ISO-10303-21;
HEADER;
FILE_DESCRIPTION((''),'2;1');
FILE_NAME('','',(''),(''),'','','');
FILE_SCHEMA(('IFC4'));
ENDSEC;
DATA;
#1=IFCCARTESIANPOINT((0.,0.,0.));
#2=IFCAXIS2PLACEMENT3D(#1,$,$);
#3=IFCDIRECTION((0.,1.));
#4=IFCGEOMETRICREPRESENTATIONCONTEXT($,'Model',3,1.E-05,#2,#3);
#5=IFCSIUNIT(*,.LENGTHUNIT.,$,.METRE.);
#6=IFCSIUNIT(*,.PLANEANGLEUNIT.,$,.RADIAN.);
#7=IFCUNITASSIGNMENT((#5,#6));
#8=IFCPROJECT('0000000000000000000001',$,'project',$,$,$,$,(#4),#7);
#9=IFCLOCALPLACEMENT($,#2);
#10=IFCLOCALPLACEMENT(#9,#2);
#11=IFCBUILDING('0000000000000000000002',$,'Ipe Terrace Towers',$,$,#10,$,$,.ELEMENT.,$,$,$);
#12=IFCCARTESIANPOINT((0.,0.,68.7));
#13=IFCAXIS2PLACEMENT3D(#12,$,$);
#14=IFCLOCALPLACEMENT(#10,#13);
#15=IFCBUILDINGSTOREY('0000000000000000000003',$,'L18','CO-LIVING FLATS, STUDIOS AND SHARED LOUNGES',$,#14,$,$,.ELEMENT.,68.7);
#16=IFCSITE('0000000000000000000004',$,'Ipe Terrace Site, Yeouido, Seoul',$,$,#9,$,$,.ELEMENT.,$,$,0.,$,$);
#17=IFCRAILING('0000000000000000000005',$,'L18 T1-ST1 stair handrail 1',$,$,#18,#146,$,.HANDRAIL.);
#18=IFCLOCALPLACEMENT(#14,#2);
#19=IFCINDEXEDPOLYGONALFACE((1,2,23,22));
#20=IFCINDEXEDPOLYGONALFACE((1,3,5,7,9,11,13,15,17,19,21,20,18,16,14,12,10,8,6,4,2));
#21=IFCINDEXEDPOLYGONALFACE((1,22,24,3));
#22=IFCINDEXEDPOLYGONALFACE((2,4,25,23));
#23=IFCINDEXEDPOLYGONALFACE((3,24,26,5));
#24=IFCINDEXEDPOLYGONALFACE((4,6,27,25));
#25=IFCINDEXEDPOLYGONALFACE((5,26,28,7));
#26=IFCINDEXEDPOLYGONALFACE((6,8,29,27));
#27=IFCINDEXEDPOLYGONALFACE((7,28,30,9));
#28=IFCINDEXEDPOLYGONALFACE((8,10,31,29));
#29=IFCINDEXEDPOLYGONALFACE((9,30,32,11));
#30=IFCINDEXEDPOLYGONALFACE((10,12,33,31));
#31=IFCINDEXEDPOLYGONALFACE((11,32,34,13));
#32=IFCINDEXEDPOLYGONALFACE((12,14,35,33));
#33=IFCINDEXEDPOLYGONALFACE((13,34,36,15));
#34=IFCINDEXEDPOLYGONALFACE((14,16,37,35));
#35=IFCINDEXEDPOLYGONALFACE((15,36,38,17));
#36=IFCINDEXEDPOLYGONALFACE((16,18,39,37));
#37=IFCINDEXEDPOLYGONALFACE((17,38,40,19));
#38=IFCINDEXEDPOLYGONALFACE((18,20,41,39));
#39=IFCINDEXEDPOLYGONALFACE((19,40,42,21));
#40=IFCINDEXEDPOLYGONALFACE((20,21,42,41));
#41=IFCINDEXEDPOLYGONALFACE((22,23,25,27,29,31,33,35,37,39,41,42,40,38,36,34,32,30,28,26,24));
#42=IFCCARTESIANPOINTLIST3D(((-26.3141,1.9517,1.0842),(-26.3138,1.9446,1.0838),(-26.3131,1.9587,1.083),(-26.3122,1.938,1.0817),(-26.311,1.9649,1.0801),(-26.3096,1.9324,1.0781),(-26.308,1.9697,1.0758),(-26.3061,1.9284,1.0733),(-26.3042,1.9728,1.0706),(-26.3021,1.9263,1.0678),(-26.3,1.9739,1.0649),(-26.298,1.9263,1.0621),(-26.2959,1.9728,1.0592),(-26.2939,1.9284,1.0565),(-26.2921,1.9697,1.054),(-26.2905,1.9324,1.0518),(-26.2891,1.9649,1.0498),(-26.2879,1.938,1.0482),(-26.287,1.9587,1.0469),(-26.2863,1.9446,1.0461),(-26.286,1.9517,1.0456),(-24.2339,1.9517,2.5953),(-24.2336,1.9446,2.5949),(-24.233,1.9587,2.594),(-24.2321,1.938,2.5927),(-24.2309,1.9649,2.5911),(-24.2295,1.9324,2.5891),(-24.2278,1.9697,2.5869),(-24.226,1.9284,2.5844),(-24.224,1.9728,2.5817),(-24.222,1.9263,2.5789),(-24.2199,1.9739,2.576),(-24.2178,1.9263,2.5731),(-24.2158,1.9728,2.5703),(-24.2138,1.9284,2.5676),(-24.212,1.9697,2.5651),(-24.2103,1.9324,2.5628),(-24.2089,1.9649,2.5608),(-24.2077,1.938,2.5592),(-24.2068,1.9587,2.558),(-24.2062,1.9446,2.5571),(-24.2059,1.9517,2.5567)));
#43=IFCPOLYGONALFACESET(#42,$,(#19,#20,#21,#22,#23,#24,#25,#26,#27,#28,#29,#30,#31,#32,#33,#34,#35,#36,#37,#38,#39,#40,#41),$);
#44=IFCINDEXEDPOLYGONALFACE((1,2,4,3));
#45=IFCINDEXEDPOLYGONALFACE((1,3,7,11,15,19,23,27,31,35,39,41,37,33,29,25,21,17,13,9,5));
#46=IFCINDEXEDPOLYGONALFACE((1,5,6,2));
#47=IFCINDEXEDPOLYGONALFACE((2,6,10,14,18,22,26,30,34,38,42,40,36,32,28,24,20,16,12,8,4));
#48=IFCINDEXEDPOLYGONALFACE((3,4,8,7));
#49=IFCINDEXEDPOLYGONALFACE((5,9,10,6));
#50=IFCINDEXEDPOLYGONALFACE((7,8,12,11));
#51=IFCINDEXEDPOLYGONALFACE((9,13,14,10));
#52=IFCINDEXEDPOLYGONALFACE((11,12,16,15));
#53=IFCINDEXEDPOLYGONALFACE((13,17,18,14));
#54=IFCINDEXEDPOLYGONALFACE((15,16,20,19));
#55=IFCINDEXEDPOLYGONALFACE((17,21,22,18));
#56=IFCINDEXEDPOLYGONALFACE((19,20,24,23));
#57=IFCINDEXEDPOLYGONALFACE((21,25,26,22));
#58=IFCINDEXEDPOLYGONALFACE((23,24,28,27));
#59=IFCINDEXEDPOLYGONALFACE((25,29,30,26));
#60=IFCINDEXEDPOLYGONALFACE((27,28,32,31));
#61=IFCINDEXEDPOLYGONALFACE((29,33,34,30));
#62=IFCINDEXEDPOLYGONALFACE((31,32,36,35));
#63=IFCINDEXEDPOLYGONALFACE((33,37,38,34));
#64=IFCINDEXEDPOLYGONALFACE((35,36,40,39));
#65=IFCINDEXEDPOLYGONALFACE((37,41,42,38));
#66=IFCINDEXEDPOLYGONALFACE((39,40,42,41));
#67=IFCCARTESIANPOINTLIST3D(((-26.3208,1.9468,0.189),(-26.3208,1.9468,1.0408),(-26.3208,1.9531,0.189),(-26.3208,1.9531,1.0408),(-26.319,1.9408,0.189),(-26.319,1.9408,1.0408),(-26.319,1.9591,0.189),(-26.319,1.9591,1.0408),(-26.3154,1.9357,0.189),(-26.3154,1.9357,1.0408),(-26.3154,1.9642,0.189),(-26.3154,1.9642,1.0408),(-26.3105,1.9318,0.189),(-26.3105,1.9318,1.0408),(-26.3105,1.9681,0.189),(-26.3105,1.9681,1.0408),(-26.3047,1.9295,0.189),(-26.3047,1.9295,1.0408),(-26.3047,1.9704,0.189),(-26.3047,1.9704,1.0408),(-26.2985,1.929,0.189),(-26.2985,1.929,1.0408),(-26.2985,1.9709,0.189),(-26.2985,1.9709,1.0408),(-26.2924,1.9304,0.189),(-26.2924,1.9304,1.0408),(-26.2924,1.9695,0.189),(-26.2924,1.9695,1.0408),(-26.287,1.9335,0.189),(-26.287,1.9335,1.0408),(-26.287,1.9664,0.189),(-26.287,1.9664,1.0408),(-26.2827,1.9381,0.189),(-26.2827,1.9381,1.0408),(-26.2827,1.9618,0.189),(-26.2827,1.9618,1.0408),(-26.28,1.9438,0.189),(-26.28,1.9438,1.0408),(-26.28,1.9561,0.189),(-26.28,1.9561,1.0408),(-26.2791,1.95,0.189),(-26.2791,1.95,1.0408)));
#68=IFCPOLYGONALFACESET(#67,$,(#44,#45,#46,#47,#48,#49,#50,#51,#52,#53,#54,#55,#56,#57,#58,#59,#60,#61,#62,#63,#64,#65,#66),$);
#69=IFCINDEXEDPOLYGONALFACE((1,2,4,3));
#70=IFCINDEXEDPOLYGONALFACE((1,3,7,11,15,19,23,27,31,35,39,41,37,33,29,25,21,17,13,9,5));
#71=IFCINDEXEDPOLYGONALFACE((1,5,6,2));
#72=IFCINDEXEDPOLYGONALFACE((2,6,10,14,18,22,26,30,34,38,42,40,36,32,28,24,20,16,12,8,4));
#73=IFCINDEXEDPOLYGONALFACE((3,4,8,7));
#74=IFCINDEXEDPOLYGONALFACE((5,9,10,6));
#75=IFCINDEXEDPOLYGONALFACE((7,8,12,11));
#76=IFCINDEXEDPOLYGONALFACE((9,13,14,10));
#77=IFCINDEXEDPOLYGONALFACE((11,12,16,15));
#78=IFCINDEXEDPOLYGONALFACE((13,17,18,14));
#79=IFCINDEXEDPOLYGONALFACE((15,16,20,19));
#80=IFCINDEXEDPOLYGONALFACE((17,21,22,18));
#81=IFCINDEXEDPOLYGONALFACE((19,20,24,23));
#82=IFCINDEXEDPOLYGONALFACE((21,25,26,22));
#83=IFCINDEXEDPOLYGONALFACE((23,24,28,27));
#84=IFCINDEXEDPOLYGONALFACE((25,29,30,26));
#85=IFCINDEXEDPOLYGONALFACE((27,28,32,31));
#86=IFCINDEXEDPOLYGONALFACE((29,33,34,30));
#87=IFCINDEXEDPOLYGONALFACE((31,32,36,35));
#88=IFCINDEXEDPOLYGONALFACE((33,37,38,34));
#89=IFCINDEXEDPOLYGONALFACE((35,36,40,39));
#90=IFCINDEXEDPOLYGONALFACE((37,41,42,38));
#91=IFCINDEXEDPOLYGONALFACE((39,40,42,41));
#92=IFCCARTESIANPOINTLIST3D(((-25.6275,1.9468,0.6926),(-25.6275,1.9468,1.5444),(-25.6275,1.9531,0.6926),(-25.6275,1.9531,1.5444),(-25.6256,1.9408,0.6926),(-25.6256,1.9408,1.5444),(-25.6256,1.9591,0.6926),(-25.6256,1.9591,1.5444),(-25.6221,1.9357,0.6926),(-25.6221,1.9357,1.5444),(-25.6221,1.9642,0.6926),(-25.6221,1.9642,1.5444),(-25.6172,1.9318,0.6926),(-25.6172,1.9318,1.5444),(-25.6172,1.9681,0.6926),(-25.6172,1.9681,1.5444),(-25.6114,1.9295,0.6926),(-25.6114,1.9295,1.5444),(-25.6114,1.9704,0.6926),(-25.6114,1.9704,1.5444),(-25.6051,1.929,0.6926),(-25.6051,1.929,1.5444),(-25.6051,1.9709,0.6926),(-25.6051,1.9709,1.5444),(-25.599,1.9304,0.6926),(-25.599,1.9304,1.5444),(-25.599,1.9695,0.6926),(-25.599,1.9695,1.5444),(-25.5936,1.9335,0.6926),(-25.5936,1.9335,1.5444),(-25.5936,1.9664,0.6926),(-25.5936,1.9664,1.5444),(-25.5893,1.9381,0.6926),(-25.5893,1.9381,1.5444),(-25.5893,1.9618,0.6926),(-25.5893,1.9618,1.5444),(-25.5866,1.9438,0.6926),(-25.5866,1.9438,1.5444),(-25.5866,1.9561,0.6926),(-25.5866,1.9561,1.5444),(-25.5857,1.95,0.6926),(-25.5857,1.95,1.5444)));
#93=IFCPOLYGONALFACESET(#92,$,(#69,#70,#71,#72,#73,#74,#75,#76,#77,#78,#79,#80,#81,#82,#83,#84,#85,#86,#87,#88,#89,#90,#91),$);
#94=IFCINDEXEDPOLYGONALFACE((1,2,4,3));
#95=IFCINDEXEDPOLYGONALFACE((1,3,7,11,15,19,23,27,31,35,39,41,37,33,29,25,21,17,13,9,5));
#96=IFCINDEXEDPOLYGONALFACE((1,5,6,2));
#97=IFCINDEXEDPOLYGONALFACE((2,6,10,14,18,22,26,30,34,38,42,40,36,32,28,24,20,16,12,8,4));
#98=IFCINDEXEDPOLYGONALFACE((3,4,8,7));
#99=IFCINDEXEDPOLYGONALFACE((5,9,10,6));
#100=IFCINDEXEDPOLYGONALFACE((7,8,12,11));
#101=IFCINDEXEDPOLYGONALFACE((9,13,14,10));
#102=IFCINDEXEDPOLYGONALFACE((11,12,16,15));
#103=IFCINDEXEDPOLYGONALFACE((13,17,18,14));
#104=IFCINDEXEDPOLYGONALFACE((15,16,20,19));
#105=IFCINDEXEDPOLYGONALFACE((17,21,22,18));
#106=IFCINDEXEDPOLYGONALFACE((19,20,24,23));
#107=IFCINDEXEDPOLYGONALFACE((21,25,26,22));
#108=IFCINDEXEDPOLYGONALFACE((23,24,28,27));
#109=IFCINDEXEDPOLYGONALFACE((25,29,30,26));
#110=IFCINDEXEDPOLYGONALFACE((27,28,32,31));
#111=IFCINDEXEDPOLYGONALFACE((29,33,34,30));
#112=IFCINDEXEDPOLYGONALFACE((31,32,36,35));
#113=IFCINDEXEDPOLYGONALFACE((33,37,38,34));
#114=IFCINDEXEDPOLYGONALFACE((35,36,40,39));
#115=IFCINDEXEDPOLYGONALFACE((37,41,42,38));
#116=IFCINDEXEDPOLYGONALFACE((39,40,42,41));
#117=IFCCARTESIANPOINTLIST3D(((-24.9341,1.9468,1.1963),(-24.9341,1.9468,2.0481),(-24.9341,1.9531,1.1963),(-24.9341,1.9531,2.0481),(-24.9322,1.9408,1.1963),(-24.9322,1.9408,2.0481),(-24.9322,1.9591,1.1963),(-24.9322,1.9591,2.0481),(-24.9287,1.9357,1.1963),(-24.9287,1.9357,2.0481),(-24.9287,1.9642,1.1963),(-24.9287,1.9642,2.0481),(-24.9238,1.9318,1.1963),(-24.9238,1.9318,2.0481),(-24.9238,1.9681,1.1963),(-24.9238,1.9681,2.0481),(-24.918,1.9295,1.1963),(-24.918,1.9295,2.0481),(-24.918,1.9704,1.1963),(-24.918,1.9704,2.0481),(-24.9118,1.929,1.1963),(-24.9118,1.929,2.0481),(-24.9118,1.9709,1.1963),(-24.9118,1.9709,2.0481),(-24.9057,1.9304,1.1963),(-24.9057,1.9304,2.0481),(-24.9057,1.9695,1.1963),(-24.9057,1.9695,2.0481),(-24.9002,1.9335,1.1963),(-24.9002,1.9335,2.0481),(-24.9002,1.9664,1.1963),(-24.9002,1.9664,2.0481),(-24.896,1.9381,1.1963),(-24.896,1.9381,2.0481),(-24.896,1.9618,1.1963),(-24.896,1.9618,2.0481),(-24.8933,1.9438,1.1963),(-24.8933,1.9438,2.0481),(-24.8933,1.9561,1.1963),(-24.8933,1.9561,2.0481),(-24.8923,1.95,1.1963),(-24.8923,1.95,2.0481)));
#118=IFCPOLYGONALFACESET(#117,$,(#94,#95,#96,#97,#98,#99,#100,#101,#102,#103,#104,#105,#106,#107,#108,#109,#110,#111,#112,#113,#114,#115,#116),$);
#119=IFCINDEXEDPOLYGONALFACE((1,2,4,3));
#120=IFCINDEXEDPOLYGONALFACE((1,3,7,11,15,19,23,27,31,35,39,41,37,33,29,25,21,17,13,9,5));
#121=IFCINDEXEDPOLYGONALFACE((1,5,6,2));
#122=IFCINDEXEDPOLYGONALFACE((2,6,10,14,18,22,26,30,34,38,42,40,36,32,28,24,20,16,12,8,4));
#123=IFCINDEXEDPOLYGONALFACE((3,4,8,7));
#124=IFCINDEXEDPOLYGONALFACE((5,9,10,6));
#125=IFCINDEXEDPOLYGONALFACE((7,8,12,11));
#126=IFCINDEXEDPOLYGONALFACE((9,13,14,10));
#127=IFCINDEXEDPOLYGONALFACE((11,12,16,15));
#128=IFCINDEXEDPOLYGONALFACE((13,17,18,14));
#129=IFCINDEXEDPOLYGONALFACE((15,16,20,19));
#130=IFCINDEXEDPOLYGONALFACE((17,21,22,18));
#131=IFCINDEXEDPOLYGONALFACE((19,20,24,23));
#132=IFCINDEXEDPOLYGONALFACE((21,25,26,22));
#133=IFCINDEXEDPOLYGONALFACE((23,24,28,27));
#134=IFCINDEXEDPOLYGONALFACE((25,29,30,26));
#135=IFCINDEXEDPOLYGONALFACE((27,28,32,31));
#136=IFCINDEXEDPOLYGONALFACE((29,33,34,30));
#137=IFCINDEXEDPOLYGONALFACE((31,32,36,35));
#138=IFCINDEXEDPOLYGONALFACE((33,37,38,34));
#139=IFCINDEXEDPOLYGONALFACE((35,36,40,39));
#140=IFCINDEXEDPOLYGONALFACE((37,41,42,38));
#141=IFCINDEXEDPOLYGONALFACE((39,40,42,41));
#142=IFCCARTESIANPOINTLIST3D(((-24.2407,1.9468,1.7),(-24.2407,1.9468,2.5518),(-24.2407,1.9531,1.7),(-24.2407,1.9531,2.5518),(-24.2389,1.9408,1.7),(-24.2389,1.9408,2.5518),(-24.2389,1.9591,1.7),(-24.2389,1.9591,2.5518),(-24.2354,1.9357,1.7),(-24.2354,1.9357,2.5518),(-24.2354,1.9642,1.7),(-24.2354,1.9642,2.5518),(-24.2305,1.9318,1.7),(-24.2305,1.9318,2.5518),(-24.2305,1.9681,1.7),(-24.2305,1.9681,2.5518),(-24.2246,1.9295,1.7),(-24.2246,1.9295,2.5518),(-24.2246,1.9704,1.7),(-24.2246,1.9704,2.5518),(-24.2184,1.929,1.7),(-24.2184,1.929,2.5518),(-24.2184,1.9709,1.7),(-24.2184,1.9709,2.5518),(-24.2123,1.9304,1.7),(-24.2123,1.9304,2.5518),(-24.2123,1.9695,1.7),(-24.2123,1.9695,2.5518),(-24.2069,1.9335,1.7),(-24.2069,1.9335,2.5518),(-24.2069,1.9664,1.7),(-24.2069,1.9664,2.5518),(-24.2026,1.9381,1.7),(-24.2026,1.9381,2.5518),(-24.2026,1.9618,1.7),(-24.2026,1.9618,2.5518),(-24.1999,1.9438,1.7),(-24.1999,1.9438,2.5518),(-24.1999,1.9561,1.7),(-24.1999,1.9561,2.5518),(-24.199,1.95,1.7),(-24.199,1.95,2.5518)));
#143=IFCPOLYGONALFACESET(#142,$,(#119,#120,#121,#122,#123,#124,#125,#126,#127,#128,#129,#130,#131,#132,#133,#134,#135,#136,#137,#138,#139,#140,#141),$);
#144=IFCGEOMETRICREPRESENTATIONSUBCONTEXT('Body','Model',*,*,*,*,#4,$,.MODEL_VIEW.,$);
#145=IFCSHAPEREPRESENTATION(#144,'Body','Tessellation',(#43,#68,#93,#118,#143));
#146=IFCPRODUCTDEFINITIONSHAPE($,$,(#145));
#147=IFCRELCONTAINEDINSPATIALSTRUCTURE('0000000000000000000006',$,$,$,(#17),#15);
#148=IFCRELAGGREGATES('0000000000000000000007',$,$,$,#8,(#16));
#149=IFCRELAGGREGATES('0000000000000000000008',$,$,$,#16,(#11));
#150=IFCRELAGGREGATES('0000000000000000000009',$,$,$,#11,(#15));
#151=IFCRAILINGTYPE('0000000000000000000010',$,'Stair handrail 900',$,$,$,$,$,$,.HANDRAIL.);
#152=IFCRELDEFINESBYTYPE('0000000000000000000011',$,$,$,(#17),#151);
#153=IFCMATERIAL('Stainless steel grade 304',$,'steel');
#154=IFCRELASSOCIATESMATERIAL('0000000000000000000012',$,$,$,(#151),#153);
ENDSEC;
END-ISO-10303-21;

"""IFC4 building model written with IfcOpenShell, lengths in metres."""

from ifc_helpers import new_model, si_unit, direction, frame, origin, origin_2d, place, context, subcontext, project, spatial, circle, extrude, material, type_object, element, save


model = new_model("IFC4")

# Units and contexts
model_context = context("Model", 3, precision=1e-05, world=origin(), true_north=direction((0.0, 1.0)))
body_context = subcontext(model_context, "Body", "Model", "MODEL_VIEW")
ifc_project = project(units=[si_unit("LENGTHUNIT", "METRE"), si_unit("PLANEANGLEUNIT", "RADIAN")], contexts=[model_context])

# Site, building, storey
site_placement = place(None, origin())
site = spatial("IfcSite", under=ifc_project, at=site_placement, Name="Ipe Terrace Site, Yeouido, Seoul", CompositionType="ELEMENT", RefElevation=0.0)
building_placement = place(site_placement, origin())
building = spatial("IfcBuilding", under=site, at=building_placement, Name="Ipe Terrace Towers", CompositionType="ELEMENT")
storey_placement = place(building_placement, frame((0.0, 0.0, 68.7)))
storey = spatial("IfcBuildingStorey", under=building, at=storey_placement, Name="L18", Description="CO-LIVING FLATS, STUDIOS AND SHARED LOUNGES", CompositionType="ELEMENT", Elevation=68.7)

# Railing
ifc_material_1 = material(Name="Stainless steel grade 304", Category="steel")
railing_type_1 = type_object("IfcRailingType", Name="Stair handrail 900", PredefinedType="HANDRAIL", material=ifc_material_1)
railing_1_placement = place(storey_placement, frame((-26.3, 1.95, 0.189)))
element("IfcRailing", 1, at=railing_1_placement, inside=storey, type_object=railing_type_1, Name="L18 T1-ST1 stair handrail 1", PredefinedType="HANDRAIL", context=body_context, shape_type="SweptSolid", body=[
    extrude(circle(Radius=0.0239, at=origin_2d()), frame((0.0, 0.0, 0.876), z_axis=(0.809069, 0.0, 0.587714), x_axis=(0.0, 1.0, 0.0)), (0.0, 0.0, 1.0), 2.571),
    extrude(circle(Radius=0.021, at=origin_2d()), origin(), (0.0, 0.0, 1.0), 0.8518),
    extrude(circle(Radius=0.021, at=origin_2d()), frame((0.6934, 0.0, 0.5037)), (0.0, 0.0, 1.0), 0.8518),
    extrude(circle(Radius=0.021, at=origin_2d()), frame((1.3867, 0.0, 1.0073)), (0.0, 0.0, 1.0), 0.8518),
    extrude(circle(Radius=0.021, at=origin_2d()), frame((2.0801, 0.0, 1.511)), (0.0, 0.0, 1.0), 0.8518),
])

save(model, "model.ifc")
